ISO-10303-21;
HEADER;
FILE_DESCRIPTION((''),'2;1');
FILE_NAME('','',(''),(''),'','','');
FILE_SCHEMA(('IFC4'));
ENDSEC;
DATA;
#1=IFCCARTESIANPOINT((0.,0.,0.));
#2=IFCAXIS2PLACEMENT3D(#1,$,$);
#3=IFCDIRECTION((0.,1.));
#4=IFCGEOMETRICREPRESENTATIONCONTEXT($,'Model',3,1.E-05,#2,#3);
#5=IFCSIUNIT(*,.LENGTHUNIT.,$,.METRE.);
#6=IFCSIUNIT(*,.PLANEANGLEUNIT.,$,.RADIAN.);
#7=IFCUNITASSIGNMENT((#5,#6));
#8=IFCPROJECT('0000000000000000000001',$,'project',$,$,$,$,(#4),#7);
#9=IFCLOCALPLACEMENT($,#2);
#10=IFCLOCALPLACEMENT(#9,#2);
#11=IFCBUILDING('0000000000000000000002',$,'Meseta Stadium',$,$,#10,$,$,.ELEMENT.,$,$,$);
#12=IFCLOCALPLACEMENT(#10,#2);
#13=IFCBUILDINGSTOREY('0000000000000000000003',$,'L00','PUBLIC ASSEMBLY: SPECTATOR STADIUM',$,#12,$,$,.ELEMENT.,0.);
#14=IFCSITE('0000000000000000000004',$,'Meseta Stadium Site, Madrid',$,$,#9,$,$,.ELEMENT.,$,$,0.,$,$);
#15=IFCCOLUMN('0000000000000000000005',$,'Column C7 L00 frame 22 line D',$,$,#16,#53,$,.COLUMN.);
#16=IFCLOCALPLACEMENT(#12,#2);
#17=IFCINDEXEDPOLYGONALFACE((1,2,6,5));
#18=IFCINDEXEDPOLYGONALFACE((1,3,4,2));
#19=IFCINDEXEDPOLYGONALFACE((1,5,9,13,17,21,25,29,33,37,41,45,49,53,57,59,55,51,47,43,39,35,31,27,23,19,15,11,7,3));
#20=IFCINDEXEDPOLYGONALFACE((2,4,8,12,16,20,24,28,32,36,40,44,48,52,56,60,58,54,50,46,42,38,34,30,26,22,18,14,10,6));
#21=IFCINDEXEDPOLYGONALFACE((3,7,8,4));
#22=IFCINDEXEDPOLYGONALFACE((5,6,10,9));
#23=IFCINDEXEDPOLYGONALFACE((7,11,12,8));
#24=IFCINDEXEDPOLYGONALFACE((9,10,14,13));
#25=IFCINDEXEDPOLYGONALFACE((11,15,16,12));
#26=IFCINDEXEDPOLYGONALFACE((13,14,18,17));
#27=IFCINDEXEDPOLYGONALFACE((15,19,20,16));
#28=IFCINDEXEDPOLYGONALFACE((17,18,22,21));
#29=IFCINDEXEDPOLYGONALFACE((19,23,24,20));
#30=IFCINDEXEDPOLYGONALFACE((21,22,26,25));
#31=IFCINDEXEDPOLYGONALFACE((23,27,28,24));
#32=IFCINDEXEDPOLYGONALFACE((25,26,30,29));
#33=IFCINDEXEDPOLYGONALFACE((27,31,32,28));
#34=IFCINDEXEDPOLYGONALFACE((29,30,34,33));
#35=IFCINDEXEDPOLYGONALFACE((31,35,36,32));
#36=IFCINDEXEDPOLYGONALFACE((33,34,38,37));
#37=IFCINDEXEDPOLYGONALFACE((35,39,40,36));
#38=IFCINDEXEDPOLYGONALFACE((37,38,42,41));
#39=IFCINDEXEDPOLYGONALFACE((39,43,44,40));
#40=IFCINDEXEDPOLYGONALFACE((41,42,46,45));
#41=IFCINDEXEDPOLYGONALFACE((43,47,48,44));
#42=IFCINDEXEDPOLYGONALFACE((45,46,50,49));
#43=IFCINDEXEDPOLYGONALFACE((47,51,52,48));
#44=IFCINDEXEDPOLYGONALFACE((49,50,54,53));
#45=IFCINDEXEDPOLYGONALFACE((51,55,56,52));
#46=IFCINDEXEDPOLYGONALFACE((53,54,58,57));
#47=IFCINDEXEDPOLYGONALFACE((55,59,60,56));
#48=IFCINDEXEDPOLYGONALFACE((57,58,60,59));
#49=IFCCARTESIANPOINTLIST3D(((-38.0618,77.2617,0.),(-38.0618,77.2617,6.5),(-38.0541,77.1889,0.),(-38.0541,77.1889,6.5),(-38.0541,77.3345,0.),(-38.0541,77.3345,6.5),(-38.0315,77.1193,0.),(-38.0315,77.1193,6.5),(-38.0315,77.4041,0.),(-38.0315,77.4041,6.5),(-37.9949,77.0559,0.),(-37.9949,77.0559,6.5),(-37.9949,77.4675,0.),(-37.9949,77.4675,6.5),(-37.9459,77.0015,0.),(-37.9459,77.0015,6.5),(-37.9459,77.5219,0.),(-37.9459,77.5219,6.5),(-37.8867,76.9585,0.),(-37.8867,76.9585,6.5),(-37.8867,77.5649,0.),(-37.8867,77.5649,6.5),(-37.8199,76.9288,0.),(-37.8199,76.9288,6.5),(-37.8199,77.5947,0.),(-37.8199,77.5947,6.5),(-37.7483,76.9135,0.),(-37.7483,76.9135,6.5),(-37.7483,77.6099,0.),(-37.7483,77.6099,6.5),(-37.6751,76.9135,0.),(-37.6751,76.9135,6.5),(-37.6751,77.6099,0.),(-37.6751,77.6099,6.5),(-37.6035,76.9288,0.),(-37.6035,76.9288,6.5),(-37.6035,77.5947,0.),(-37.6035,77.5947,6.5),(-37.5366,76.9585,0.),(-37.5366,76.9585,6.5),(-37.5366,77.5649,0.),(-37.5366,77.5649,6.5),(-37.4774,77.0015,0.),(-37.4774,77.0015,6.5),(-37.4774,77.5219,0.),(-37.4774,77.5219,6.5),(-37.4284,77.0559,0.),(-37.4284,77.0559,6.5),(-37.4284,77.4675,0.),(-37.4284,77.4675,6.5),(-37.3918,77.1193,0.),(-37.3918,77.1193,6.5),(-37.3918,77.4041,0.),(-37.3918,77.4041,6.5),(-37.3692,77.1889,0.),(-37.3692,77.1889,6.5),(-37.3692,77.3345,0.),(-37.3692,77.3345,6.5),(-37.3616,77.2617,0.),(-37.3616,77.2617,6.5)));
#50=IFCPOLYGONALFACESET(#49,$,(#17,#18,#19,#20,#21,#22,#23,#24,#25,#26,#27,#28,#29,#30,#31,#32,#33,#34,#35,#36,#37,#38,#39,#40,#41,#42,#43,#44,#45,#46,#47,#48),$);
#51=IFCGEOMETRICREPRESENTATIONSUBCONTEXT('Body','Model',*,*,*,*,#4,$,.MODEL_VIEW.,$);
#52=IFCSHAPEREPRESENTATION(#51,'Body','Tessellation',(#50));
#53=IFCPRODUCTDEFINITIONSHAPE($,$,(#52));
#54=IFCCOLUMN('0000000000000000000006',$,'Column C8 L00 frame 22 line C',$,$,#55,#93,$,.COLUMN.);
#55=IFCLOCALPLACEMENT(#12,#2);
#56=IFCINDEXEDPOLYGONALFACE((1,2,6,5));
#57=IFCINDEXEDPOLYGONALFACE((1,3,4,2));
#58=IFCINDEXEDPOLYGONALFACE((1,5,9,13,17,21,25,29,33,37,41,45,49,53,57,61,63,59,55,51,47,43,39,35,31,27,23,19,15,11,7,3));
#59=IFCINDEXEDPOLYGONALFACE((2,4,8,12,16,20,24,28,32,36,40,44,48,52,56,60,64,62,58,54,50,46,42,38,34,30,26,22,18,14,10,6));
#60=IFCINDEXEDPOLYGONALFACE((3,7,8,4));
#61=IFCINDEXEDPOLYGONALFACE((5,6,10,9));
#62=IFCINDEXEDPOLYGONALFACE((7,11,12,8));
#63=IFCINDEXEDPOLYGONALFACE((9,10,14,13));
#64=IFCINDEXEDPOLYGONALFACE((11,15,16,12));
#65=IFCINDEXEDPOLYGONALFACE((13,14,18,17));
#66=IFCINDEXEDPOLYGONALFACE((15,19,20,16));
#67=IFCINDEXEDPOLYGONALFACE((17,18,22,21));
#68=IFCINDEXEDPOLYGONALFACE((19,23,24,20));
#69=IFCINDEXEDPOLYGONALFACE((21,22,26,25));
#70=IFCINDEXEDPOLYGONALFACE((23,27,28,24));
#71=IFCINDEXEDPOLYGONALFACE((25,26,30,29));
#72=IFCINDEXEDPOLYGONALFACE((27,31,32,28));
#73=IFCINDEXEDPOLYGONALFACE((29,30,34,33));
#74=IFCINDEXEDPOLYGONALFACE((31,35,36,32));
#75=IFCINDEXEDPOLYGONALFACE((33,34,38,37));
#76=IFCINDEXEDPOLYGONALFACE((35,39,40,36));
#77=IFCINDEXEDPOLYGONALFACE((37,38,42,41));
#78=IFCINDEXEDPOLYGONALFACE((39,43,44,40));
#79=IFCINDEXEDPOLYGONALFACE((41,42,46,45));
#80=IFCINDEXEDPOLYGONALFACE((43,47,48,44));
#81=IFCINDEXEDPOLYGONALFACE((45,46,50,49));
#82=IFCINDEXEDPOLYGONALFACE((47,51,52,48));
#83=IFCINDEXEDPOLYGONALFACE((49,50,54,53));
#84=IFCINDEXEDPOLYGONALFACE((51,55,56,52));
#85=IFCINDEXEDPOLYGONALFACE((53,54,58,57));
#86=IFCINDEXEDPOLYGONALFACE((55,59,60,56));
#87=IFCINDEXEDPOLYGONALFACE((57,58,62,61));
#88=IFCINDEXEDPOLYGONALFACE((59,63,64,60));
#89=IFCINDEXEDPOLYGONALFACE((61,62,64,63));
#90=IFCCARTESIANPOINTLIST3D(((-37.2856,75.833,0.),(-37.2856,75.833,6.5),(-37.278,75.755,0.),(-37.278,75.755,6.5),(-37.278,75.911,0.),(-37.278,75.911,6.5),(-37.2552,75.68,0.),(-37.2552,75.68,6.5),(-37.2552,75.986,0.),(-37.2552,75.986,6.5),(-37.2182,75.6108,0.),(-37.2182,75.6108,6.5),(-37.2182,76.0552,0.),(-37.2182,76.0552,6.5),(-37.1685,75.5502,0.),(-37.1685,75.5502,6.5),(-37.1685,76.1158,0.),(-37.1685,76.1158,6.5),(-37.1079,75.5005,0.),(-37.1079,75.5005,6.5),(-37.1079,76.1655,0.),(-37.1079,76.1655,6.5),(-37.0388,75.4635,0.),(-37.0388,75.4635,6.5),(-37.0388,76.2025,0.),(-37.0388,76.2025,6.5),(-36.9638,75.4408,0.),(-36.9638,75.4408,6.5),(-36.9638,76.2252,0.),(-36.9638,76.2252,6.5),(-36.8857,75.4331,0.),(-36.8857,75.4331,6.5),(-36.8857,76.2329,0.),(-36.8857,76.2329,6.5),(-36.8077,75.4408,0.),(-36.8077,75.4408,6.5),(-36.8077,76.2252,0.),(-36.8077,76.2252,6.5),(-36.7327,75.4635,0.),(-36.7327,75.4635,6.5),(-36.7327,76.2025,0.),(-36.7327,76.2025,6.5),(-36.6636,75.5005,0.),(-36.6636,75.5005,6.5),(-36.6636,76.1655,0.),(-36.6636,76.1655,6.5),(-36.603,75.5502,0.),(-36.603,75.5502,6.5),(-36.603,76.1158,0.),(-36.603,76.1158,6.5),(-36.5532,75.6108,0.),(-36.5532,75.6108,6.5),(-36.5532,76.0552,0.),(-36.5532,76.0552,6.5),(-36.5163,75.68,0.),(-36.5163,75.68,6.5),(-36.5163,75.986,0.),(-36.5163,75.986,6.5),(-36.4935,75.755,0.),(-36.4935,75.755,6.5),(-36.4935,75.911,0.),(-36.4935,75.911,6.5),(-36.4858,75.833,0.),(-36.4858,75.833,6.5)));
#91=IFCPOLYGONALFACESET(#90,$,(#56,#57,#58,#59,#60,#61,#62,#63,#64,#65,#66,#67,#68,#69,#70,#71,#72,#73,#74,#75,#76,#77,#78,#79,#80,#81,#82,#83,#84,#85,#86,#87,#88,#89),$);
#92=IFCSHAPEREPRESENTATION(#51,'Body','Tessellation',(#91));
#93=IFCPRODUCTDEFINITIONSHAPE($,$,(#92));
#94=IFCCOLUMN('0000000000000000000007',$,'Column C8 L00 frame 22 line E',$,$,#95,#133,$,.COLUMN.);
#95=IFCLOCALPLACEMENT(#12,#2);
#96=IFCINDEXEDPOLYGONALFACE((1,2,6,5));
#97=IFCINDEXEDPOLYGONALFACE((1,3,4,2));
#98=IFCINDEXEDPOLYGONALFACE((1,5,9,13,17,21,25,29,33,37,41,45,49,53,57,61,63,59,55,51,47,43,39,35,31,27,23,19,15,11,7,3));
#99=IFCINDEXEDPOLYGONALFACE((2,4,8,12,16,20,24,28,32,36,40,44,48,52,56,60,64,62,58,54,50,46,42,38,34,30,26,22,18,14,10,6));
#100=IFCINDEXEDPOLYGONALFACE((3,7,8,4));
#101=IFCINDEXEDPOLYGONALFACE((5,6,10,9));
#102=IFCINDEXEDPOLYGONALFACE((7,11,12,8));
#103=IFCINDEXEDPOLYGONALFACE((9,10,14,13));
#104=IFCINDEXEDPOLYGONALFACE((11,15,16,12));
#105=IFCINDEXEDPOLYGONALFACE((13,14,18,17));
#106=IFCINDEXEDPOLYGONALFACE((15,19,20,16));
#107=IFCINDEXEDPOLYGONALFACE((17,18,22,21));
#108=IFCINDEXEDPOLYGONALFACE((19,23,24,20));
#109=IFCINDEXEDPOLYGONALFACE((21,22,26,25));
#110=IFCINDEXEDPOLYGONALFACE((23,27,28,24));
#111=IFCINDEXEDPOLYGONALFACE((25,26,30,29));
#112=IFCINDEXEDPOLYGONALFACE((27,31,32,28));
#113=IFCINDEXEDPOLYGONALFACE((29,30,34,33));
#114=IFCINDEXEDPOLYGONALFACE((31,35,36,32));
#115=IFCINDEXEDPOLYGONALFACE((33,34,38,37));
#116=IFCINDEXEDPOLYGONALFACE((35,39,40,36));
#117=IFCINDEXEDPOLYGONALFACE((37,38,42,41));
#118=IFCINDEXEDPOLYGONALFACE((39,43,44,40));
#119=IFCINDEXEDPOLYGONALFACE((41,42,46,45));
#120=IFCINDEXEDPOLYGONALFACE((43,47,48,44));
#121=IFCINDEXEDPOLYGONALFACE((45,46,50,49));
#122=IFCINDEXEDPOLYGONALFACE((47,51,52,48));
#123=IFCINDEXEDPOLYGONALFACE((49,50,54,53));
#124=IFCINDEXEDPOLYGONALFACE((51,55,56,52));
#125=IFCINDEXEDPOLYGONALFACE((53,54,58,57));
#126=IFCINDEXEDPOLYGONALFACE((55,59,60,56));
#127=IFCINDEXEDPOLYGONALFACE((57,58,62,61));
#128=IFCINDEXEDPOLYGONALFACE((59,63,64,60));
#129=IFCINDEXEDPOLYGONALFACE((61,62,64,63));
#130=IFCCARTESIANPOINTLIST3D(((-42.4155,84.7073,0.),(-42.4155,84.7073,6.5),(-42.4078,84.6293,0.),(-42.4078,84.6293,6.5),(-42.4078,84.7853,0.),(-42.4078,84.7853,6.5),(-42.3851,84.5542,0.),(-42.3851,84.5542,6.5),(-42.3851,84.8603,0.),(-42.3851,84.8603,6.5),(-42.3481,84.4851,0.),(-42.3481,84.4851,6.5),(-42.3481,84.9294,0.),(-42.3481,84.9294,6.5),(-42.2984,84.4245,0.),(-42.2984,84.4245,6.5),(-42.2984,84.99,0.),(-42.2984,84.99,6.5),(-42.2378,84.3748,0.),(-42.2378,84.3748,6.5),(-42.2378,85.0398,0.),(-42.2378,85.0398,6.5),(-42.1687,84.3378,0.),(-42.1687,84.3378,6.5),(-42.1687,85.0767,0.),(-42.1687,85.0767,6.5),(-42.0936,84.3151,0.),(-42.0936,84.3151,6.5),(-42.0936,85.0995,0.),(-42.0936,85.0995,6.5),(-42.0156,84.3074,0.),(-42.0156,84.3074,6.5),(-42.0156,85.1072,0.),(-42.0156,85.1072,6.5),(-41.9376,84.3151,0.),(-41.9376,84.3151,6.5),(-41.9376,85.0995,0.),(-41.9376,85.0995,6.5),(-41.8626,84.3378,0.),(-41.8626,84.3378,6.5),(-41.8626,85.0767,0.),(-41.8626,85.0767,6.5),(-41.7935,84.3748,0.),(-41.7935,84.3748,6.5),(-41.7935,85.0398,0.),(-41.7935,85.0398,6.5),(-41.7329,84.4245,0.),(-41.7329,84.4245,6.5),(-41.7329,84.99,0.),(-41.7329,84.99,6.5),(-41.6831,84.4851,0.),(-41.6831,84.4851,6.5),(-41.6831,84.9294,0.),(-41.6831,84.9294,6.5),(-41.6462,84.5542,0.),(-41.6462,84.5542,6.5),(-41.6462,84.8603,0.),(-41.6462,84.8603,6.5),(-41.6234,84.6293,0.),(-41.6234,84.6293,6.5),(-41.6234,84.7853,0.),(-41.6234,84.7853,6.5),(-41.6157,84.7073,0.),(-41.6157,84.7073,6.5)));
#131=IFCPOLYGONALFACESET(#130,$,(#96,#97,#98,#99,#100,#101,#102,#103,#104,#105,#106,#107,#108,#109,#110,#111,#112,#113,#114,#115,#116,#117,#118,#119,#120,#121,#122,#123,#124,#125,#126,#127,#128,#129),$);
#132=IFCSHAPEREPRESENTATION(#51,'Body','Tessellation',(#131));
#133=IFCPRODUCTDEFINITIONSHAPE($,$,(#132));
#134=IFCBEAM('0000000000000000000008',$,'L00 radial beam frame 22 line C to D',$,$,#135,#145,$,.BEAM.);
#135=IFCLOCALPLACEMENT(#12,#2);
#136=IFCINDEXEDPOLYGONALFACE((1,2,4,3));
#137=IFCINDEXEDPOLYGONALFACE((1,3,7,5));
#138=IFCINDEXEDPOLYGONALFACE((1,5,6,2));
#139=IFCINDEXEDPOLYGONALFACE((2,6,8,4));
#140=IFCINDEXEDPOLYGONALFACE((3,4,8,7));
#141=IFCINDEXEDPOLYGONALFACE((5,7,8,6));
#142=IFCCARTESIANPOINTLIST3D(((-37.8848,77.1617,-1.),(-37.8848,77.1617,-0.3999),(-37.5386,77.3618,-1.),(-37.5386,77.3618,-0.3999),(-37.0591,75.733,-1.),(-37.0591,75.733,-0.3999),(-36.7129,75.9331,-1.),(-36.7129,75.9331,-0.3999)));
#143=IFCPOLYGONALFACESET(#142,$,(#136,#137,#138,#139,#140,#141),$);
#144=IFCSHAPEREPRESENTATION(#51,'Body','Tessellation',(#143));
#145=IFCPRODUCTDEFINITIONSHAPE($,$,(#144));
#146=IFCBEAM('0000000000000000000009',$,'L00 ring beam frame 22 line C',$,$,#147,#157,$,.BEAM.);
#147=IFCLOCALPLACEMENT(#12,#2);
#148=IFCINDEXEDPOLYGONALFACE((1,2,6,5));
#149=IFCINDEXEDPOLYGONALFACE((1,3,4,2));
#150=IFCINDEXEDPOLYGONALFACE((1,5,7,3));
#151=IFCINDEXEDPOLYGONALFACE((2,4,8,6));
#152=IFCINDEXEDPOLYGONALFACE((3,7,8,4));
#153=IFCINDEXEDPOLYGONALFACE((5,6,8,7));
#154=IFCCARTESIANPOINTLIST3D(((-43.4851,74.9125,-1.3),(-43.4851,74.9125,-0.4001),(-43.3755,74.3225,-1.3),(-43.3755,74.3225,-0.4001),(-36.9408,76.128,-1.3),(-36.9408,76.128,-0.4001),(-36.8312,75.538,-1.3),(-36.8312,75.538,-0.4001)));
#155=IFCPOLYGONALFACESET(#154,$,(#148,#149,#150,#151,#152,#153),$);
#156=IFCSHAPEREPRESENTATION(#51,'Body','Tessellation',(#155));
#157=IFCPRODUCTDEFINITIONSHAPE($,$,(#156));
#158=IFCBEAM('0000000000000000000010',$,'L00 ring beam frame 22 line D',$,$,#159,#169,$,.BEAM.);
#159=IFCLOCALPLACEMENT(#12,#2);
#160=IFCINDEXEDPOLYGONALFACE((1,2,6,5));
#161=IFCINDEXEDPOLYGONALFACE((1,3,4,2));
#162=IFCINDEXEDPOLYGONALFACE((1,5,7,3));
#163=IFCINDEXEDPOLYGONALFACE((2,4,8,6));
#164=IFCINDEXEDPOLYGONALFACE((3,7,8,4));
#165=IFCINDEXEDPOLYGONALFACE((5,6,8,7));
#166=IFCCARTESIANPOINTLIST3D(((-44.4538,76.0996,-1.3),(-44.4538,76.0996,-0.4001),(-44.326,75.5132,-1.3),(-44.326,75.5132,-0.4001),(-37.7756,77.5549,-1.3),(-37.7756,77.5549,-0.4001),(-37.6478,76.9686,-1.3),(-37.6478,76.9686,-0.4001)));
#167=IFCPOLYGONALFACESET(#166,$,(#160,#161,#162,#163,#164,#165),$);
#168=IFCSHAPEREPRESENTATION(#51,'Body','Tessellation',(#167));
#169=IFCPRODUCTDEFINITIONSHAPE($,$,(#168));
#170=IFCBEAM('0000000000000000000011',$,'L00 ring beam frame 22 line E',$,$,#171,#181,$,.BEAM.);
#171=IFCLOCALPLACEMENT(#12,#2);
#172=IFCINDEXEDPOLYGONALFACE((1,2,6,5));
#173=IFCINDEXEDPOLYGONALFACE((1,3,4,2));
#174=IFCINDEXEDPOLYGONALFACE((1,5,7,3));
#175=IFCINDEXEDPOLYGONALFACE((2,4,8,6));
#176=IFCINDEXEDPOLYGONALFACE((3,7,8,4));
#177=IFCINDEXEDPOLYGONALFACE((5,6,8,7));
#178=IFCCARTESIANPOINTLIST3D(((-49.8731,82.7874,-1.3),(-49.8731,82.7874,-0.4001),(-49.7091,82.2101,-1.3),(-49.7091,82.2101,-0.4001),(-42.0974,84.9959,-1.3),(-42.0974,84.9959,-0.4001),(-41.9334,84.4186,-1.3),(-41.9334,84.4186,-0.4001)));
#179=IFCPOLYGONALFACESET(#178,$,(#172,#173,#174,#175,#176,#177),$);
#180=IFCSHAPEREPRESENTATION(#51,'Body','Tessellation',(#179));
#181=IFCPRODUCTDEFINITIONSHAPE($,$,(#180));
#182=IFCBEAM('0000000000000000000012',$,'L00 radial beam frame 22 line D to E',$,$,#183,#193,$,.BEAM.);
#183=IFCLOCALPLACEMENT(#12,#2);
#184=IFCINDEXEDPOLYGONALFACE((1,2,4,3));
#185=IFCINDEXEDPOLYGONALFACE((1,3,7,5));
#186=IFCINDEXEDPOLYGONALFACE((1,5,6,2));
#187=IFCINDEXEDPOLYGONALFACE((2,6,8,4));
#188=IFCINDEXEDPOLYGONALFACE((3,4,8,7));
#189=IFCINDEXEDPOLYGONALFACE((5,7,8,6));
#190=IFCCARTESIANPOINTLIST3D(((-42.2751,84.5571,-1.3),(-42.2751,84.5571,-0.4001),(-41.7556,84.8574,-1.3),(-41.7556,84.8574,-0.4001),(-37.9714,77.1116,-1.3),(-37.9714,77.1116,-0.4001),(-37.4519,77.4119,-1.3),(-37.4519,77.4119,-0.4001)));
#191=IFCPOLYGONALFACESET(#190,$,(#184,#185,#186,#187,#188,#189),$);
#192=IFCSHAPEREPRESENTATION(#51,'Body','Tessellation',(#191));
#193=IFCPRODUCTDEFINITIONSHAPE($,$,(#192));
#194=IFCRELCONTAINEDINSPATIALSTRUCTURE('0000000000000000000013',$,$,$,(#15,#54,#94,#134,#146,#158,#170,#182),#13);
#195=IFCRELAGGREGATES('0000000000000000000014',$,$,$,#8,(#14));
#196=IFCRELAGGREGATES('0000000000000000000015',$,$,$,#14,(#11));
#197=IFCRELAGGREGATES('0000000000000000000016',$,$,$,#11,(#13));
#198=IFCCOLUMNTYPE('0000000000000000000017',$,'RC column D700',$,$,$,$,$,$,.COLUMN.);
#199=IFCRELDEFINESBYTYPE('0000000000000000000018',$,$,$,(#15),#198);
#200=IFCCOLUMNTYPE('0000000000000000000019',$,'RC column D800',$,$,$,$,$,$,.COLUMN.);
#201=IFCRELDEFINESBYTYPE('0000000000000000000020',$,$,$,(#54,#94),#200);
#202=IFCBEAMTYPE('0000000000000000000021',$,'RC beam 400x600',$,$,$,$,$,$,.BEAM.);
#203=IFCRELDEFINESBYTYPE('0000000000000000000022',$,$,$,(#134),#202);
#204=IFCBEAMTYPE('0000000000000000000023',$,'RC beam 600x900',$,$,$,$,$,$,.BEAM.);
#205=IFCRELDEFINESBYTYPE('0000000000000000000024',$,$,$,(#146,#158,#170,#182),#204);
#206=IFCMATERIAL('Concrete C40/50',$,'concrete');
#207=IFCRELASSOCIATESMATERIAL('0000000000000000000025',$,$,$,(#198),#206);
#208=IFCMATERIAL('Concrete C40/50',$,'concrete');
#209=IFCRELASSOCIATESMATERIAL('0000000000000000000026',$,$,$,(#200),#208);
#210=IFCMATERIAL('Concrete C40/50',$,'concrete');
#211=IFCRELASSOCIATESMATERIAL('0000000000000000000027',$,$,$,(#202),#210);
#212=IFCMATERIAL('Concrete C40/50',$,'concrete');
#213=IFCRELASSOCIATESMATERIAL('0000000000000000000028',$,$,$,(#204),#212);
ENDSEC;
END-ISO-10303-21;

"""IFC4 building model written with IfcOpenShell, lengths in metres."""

from ifc_helpers import new_model, si_unit, direction, frame, origin, origin_2d, place, context, subcontext, project, spatial, rectangle, circle, extrude, material, material_profile, profile_set, type_object, element, save


model = new_model("IFC4")

# Units and contexts
model_context = context("Model", 3, precision=1e-05, world=origin(), true_north=direction((0.0, 1.0)))
body_context = subcontext(model_context, "Body", "Model", "MODEL_VIEW")
ifc_project = project(units=[si_unit("LENGTHUNIT", "METRE"), si_unit("PLANEANGLEUNIT", "RADIAN")], contexts=[model_context])

# Site, building, storey
site_placement = place(None, origin())
site = spatial("IfcSite", under=ifc_project, at=site_placement, Name="Meseta Stadium Site, Madrid", CompositionType="ELEMENT", RefElevation=0.0)
building_placement = place(site_placement, origin())
building = spatial("IfcBuilding", under=site, at=building_placement, Name="Meseta Stadium", CompositionType="ELEMENT")
storey_placement = place(building_placement, origin())
storey = spatial("IfcBuildingStorey", under=building, at=storey_placement, Name="L00", Description="PUBLIC ASSEMBLY: SPECTATOR STADIUM", CompositionType="ELEMENT", Elevation=0.0)

# Columns
ifc_material_1 = material(Name="Concrete C40/50", Category="concrete")
ifc_material_profile_1 = material_profile(ifc_material_1, circle(Radius=0.3501, at=origin_2d()), Name="RC D700")
ifc_profile_set_1 = profile_set([ifc_material_profile_1], Name="Concrete C40/50")
column_type_1 = type_object("IfcColumnType", Name="RC column D700", PredefinedType="COLUMN", material=ifc_profile_set_1)
column_placement = place(storey_placement, frame((-37.7117, 77.2617, 0.0), z_axis=(0.0, 0.0, 1.0), x_axis=(1.0, 0.0, 0.0)))
element("IfcColumn", 1, at=column_placement, inside=storey, type_object=column_type_1, Name="Column C7 L00 frame 22 line D", PredefinedType="COLUMN", context=body_context, shape_type="SweptSolid", body=[
    extrude(circle(Radius=0.3501, at=origin_2d()), origin(), (0.0, 0.0, 1.0), 6.5),
])
ifc_material_2 = material(Name="Concrete C40/50", Category="concrete")
ifc_material_profile_2 = material_profile(ifc_material_2, circle(Radius=0.3999, at=origin_2d()), Name="RC D800")
ifc_profile_set_2 = profile_set([ifc_material_profile_2], Name="Concrete C40/50")
column_type_2 = type_object("IfcColumnType", Name="RC column D800", PredefinedType="COLUMN", material=ifc_profile_set_2)
for number, where, z_axis, x_axis, name in (
    (2, (-36.8857, 75.833, 0.0), (0.0, 0.0, 1.0), (1.0, 0.0, 0.0), "Column C8 L00 frame 22 line C"),
    (3, (-42.0156, 84.7073, 0.0), (0.0, 0.0, 1.0), (1.0, 0.0, 0.0), "Column C8 L00 frame 22 line E"),
):
    element("IfcColumn", number, at=place(storey_placement, frame(where, z_axis=z_axis, x_axis=x_axis)), inside=storey, type_object=column_type_2, Name=name, PredefinedType="COLUMN", context=body_context, shape_type="SweptSolid", body=[
        extrude(circle(Radius=0.3999, at=origin_2d()), origin(), (0.0, 0.0, 1.0), 6.5),
    ])

# Beams
ifc_material_3 = material(Name="Concrete C40/50", Category="concrete")
ifc_material_profile_3 = material_profile(ifc_material_3, rectangle(XDim=0.3999, YDim=0.6001, at=origin_2d()), Name="RC 400x600")
ifc_profile_set_3 = profile_set([ifc_material_profile_3], Name="Concrete C40/50")
beam_type_1 = type_object("IfcBeamType", Name="RC beam 400x600", PredefinedType="BEAM", material=ifc_profile_set_3)
beam_1_placement = place(storey_placement, frame((-36.886, 75.833, -0.7), z_axis=(-0.500371, 0.865811, 0.0), x_axis=(-0.865811, -0.500371, 0.0)))
element("IfcBeam", 4, at=beam_1_placement, inside=storey, type_object=beam_type_1, Name="L00 radial beam frame 22 line C to D", PredefinedType="BEAM", context=body_context, shape_type="SweptSolid", body=[
    extrude(rectangle(XDim=0.3999, YDim=0.6001, at=origin_2d()), origin(), (0.0, 0.0, 1.0), 1.6501),
])
ifc_material_4 = material(Name="Concrete C40/50", Category="concrete")
ifc_material_profile_4 = material_profile(ifc_material_4, rectangle(XDim=0.6001, YDim=0.8999, at=origin_2d()), Name="RC 600x900")
ifc_profile_set_4 = profile_set([ifc_material_profile_4], Name="Concrete C40/50")
beam_type_2 = type_object("IfcBeamType", Name="RC beam 600x900", PredefinedType="BEAM", material=ifc_profile_set_4)
beam_2_placement = place(storey_placement, frame((-36.886, 75.833, -0.8501), z_axis=(-0.983184, -0.182619, 0.0), x_axis=(0.182619, -0.983184, 0.0)))
element("IfcBeam", 5, at=beam_2_placement, inside=storey, type_object=beam_type_2, Name="L00 ring beam frame 22 line C", PredefinedType="BEAM", context=body_context, shape_type="SweptSolid", body=[
    extrude(rectangle(XDim=0.6001, YDim=0.8999, at=origin_2d()), origin(), (0.0, 0.0, 1.0), 6.6562),
])
beam_3_placement = place(storey_placement, frame((-37.7117, 77.2617, -0.8501), z_axis=(-0.977069, -0.212923, 0.0), x_axis=(0.212923, -0.977069, 0.0)))
element("IfcBeam", 6, at=beam_3_placement, inside=storey, type_object=beam_type_2, Name="L00 ring beam frame 22 line D", PredefinedType="BEAM", context=body_context, shape_type="SweptSolid", body=[
    extrude(rectangle(XDim=0.6001, YDim=0.8999, at=origin_2d()), origin(), (0.0, 0.0, 1.0), 6.835),
])
beam_4_placement = place(storey_placement, frame((-42.0154, 84.7073, -0.8501), z_axis=(-0.961951, -0.273221, 0.0), x_axis=(0.273221, -0.961951, 0.0)))
element("IfcBeam", 7, at=beam_4_placement, inside=storey, type_object=beam_type_2, Name="L00 ring beam frame 22 line E", PredefinedType="BEAM", context=body_context, shape_type="SweptSolid", body=[
    extrude(rectangle(XDim=0.6001, YDim=0.8999, at=origin_2d()), origin(), (0.0, 0.0, 1.0), 8.0833),
])
beam_5_placement = place(storey_placement, frame((-37.7117, 77.2617, -0.8501), z_axis=(-0.500437, 0.865773, 0.0), x_axis=(-0.865773, -0.500437, 0.0)))
element("IfcBeam", 8, at=beam_5_placement, inside=storey, type_object=beam_type_2, Name="L00 radial beam frame 22 line D to E", PredefinedType="BEAM", context=body_context, shape_type="SweptSolid", body=[
    extrude(rectangle(XDim=0.6001, YDim=0.8999, at=origin_2d()), origin(), (0.0, 0.0, 1.0), 8.5999),
])

save(model, "model.ifc")
